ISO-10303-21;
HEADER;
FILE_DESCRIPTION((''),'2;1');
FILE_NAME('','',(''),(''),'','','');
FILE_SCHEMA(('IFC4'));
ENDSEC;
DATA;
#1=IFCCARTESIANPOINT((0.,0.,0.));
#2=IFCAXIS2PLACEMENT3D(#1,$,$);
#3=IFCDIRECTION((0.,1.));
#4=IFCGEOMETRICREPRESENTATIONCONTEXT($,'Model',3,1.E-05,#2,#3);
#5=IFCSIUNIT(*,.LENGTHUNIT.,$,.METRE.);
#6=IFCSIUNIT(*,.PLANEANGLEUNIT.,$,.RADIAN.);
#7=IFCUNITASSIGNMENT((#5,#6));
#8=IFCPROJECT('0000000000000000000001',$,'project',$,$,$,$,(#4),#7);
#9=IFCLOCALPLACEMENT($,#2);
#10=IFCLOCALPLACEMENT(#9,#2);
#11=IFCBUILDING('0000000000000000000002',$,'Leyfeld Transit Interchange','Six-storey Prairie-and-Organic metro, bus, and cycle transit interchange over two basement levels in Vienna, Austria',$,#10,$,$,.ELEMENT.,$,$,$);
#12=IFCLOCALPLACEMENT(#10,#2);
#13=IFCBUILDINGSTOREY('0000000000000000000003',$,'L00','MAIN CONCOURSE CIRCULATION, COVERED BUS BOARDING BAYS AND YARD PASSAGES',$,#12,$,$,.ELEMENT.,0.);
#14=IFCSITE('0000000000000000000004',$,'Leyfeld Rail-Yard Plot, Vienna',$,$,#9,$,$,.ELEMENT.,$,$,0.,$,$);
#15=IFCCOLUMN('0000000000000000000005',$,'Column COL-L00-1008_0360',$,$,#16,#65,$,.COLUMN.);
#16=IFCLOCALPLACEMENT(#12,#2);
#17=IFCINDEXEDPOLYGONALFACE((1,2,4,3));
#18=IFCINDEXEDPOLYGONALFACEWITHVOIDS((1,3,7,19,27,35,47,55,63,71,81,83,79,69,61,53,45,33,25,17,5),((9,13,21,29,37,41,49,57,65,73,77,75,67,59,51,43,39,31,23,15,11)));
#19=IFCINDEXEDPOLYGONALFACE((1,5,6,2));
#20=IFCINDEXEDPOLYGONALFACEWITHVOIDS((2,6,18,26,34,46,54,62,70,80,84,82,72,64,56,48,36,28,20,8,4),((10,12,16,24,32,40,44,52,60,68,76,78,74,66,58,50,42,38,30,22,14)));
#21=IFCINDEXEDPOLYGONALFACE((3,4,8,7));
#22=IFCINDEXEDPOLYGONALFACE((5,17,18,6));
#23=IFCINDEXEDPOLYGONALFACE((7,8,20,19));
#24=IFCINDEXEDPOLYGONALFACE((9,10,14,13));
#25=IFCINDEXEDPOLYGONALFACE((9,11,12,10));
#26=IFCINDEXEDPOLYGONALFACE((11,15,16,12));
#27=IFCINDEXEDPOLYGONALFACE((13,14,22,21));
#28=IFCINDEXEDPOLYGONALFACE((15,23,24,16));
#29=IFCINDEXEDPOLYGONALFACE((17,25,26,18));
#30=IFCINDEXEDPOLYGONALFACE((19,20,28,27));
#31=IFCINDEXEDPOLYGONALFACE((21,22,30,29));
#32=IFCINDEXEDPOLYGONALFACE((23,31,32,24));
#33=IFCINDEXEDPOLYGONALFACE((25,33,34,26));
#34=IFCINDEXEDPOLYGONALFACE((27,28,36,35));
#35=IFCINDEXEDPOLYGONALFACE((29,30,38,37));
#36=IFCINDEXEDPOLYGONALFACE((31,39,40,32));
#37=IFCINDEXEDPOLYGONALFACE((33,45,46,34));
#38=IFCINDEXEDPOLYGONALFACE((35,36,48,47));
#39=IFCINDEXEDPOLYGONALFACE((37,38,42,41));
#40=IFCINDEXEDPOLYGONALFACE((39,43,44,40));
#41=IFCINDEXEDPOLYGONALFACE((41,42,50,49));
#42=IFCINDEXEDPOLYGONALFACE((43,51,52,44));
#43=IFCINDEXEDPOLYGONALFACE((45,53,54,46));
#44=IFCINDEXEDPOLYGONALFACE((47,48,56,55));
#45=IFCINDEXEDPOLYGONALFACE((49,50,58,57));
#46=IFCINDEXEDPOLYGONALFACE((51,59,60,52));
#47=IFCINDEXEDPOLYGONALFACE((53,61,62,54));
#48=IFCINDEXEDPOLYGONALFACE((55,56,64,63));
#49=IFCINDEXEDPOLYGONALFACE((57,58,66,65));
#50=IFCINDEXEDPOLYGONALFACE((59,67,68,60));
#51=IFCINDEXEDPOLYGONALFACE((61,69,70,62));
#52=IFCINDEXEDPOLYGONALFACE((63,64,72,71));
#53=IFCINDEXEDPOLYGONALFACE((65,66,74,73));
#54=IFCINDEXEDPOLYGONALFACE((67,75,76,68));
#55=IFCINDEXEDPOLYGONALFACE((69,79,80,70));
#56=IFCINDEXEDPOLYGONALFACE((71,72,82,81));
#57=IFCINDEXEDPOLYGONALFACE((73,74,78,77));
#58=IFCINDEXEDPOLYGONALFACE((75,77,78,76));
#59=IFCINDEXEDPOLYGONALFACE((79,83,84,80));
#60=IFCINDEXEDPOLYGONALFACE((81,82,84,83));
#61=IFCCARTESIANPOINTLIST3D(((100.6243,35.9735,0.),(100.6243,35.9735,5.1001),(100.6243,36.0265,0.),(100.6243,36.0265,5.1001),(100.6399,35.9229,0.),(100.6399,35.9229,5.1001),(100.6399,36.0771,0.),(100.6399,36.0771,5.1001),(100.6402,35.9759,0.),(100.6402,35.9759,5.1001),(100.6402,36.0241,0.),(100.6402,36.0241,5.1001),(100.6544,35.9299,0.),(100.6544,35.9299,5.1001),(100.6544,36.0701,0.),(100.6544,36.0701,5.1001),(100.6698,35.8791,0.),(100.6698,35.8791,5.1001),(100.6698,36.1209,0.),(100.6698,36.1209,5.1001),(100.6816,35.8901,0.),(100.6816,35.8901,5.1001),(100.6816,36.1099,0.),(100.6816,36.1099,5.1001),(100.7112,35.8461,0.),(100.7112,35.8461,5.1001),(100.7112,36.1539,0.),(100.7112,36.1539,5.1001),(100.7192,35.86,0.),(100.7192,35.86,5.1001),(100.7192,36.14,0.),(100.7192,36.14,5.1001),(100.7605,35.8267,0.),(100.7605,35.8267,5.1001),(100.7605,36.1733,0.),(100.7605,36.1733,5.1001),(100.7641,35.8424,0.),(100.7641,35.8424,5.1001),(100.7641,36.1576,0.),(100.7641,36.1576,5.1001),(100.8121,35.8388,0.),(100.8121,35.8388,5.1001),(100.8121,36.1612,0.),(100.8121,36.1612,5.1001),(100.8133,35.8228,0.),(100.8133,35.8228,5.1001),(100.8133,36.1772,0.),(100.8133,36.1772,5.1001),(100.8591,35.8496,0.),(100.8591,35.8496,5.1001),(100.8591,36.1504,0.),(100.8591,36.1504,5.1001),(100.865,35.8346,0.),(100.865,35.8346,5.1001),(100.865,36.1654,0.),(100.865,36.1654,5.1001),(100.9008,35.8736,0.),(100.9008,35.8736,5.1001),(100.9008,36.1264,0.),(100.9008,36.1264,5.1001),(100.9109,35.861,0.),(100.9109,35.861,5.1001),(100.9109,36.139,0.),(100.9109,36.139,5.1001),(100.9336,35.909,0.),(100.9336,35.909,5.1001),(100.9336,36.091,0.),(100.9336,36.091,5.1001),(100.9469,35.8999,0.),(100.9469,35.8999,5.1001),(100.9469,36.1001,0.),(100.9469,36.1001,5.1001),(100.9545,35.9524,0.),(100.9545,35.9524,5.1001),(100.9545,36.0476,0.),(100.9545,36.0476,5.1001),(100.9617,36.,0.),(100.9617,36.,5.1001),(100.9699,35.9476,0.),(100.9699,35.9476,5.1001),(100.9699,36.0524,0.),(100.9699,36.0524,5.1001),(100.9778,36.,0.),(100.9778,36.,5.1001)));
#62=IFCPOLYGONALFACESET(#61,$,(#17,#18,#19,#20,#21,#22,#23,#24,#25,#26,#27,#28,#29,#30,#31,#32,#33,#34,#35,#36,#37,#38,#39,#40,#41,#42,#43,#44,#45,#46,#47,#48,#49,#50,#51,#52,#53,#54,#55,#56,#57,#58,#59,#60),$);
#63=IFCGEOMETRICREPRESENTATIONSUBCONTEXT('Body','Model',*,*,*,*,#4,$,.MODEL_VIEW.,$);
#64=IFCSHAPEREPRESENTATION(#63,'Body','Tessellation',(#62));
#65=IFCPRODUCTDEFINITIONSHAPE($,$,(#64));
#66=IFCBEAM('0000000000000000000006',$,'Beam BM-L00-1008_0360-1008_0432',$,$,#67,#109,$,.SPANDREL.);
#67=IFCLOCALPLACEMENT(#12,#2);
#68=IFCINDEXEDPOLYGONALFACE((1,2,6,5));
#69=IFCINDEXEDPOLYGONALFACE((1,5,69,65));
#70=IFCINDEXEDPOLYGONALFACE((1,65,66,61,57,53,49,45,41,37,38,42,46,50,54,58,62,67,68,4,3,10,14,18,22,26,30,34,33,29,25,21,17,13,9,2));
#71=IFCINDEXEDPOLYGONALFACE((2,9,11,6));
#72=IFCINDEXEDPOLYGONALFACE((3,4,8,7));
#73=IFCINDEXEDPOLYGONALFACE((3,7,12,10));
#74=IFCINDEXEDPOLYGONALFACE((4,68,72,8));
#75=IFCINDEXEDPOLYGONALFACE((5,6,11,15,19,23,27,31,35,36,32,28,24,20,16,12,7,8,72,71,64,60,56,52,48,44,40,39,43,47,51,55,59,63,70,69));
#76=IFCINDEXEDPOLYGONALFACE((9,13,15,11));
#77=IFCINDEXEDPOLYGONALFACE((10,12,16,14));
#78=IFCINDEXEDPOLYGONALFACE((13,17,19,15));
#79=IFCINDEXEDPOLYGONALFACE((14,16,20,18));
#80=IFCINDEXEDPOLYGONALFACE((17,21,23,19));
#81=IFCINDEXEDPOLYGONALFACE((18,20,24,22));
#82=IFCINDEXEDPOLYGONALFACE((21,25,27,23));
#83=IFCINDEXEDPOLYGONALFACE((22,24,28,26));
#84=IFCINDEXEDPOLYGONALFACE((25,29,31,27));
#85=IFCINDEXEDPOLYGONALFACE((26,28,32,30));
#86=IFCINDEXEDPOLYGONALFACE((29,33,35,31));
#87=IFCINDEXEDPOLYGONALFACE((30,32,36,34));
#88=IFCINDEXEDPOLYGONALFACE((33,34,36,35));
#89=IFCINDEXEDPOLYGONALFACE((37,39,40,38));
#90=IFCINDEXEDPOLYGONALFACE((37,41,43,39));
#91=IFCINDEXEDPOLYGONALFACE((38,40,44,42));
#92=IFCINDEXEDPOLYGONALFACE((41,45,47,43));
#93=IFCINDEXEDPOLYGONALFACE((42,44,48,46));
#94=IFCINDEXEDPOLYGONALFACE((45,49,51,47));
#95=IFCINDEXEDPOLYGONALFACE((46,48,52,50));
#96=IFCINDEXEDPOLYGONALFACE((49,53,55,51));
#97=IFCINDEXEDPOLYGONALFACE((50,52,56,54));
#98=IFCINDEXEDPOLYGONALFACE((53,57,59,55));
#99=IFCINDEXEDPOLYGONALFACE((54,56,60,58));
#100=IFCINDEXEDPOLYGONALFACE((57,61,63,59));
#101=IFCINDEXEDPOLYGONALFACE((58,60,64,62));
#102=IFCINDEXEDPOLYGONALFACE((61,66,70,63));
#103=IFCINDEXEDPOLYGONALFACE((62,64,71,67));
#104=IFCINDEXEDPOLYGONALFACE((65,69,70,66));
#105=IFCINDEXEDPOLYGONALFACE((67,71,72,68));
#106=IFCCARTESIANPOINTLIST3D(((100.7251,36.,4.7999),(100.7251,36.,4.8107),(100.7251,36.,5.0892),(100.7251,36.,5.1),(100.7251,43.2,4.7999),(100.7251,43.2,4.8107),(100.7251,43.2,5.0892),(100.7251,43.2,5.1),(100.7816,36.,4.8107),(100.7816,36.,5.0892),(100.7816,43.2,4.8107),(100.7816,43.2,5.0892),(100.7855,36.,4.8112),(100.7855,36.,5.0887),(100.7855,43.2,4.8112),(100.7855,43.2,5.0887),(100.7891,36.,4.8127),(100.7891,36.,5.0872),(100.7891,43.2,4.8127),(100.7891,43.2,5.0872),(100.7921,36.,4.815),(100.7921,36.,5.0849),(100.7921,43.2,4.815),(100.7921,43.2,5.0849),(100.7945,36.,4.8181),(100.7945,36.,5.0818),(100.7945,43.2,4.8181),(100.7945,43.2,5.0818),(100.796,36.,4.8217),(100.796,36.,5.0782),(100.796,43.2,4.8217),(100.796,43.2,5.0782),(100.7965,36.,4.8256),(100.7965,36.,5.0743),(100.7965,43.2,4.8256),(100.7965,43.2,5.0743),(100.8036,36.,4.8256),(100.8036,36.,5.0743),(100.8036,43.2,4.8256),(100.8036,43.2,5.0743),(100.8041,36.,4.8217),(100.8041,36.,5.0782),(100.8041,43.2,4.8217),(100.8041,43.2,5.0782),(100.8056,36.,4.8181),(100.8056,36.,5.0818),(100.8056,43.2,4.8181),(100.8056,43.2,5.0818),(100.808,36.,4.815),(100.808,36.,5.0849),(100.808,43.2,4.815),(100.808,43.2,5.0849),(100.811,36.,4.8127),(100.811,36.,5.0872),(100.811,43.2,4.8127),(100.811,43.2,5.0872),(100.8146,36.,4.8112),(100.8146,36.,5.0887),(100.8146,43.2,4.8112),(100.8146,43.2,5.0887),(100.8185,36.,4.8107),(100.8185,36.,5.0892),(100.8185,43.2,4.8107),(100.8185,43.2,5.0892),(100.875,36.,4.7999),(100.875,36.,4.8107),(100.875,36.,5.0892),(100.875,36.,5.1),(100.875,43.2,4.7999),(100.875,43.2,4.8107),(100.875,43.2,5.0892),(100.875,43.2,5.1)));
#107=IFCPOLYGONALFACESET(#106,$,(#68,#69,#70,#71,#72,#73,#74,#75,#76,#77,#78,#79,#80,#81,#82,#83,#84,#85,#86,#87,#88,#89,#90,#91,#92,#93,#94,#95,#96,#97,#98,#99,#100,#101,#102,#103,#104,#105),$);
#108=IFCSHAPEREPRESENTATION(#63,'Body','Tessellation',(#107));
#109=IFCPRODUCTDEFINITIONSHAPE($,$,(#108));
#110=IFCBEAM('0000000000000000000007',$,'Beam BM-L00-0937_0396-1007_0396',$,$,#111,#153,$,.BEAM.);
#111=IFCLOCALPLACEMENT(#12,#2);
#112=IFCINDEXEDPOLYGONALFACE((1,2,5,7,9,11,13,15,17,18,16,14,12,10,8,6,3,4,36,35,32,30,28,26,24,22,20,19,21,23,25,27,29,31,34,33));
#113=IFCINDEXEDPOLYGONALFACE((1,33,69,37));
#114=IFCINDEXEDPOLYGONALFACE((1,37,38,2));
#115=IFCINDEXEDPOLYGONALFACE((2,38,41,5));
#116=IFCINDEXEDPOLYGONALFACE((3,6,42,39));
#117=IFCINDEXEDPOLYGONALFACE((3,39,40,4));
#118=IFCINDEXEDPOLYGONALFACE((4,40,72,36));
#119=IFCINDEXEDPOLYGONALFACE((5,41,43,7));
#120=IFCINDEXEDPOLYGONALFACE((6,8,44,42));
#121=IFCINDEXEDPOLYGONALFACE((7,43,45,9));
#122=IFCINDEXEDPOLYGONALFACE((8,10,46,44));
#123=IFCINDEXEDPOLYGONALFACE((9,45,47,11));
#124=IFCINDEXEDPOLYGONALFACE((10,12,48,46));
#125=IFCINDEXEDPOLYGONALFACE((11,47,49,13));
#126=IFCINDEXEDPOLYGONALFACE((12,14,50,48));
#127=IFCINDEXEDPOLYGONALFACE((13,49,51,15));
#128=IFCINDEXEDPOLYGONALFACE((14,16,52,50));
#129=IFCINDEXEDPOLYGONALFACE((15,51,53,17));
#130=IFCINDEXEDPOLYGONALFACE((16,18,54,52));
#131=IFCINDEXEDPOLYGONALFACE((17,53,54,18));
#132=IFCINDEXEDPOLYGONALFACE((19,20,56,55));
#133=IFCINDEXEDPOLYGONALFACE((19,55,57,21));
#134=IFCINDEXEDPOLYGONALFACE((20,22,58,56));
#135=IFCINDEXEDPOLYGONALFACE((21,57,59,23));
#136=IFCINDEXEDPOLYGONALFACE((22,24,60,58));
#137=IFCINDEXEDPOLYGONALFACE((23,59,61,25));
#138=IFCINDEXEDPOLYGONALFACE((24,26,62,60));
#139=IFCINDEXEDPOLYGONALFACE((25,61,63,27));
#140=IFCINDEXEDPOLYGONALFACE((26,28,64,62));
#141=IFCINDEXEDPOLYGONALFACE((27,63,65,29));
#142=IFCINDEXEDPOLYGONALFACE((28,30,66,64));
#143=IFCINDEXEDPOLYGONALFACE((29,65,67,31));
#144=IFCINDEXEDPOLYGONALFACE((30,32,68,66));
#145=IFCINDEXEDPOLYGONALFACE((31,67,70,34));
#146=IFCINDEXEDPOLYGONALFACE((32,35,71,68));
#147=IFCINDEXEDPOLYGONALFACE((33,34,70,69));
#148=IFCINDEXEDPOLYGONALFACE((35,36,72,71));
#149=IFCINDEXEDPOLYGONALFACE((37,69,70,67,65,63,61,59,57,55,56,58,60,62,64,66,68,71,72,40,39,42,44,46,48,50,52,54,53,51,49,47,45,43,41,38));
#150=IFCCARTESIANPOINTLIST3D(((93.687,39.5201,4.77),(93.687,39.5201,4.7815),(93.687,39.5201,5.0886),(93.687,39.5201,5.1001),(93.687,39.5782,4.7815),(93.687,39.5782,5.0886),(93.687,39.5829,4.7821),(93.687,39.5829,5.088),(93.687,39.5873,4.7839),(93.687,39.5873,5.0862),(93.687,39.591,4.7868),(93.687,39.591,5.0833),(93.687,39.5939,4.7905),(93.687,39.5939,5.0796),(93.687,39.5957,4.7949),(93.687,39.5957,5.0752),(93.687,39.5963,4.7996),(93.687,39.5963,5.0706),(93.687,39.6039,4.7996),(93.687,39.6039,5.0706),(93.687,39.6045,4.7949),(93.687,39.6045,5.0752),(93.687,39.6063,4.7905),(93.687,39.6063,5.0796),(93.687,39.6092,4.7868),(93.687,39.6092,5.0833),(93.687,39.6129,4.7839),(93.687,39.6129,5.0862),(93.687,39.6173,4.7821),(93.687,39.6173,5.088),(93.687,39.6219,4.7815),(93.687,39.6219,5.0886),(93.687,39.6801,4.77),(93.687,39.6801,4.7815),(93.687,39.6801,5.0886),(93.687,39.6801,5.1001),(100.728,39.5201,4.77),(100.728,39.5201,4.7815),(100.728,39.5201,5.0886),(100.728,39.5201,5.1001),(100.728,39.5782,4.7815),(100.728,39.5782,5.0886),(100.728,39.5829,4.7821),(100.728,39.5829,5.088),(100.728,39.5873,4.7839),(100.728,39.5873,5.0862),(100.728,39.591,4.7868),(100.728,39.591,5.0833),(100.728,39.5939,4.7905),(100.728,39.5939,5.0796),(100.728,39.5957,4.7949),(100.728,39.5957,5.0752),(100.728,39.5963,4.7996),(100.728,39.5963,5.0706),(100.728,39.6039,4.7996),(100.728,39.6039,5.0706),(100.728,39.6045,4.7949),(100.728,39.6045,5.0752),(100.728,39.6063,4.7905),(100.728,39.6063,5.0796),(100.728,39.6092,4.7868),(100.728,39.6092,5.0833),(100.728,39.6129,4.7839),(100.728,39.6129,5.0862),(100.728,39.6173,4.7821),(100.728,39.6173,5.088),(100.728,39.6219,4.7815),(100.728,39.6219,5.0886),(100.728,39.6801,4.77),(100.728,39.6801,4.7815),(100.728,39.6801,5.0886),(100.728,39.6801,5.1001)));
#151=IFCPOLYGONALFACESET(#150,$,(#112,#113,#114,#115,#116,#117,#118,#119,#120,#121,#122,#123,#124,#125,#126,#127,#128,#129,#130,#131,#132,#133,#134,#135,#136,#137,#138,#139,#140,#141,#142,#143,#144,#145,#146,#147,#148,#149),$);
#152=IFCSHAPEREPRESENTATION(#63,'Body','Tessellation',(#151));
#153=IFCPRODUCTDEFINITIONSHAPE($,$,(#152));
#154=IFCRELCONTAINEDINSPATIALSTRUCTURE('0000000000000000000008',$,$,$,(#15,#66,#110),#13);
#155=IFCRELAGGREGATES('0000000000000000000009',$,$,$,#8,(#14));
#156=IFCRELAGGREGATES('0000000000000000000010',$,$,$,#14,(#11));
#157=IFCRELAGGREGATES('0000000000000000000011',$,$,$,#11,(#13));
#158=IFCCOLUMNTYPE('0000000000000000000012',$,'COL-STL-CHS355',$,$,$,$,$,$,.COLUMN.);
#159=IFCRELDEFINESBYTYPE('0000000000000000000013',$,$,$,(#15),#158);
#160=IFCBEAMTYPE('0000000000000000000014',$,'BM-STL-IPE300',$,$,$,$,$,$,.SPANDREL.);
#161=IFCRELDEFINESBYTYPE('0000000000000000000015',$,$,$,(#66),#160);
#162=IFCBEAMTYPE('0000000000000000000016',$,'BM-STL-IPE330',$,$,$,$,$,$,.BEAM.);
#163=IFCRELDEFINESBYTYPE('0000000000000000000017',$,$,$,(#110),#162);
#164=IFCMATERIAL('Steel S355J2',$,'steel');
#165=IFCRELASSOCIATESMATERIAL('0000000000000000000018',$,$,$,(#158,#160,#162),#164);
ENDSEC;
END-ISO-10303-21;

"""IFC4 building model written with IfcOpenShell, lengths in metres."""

from ifc_helpers import new_model, si_unit, direction, frame, origin, origin_2d, place, context, subcontext, project, spatial, hollow_circle, i_section, extrude, material, material_profile, profile_set, type_object, element, save


model = new_model("IFC4")

# Units and contexts
model_context = context("Model", 3, precision=1e-05, world=origin(), true_north=direction((0.0, 1.0)))
body_context = subcontext(model_context, "Body", "Model", "MODEL_VIEW")
ifc_project = project(units=[si_unit("LENGTHUNIT", "METRE"), si_unit("PLANEANGLEUNIT", "RADIAN")], contexts=[model_context])

# Site, building, storey
site_placement = place(None, origin())
site = spatial("IfcSite", under=ifc_project, at=site_placement, Name="Leyfeld Rail-Yard Plot, Vienna", CompositionType="ELEMENT", RefElevation=0.0)
building_placement = place(site_placement, origin())
building = spatial("IfcBuilding", under=site, at=building_placement, Name="Leyfeld Transit Interchange", Description="Six-storey Prairie-and-Organic metro, bus, and cycle transit interchange over two basement levels in Vienna, Austria", CompositionType="ELEMENT")
storey_placement = place(building_placement, origin())
storey = spatial("IfcBuildingStorey", under=building, at=storey_placement, Name="L00", Description="MAIN CONCOURSE CIRCULATION, COVERED BUS BOARDING BAYS AND YARD PASSAGES", CompositionType="ELEMENT", Elevation=0.0)

# Column
ifc_material_1 = material(Name="Steel S355J2", Category="steel")
ifc_material_profile_1 = material_profile(ifc_material_1, hollow_circle(Radius=0.1777, WallThickness=0.0161, at=origin_2d()), Name="CHS 355.6x16")
ifc_profile_set_1 = profile_set([ifc_material_profile_1], Name="Steel S355J2")
column_type = type_object("IfcColumnType", Name="COL-STL-CHS355", PredefinedType="COLUMN", material=ifc_profile_set_1)
column_placement = place(storey_placement, frame((100.8, 36.0, 0.0), z_axis=(0.0, 0.0, 1.0), x_axis=(1.0, 0.0, 0.0)))
element("IfcColumn", 1, at=column_placement, inside=storey, type_object=column_type, Name="Column COL-L00-1008_0360", PredefinedType="COLUMN", context=body_context, shape_type="SweptSolid", body=[
    extrude(hollow_circle(Radius=0.1777, WallThickness=0.0161, at=origin_2d()), origin(), (0.0, 0.0, 1.0), 5.1001),
])

# Beams
ifc_material_profile_2 = material_profile(ifc_material_1, i_section(OverallWidth=0.1499, OverallDepth=0.3, WebThickness=0.0071, FlangeThickness=0.0107, FilletRadius=0.0149, at=origin_2d()), Name="IPE 300")
ifc_profile_set_2 = profile_set([ifc_material_profile_2], Name="Steel S355J2")
beam_type_1 = type_object("IfcBeamType", Name="BM-STL-IPE300", PredefinedType="SPANDREL", material=ifc_profile_set_2)
beam_1_placement = place(storey_placement, frame((100.8, 36.0, 4.95), z_axis=(0.0, 1.0, 0.0), x_axis=(-1.0, 0.0, 0.0)))
element("IfcBeam", 2, at=beam_1_placement, inside=storey, type_object=beam_type_1, Name="Beam BM-L00-1008_0360-1008_0432", PredefinedType="SPANDREL", context=body_context, shape_type="SweptSolid", body=[
    extrude(i_section(OverallWidth=0.1499, OverallDepth=0.3, WebThickness=0.0071, FlangeThickness=0.0107, FilletRadius=0.0149, at=origin_2d()), origin(), (0.0, 0.0, 1.0), 7.2),
])
ifc_material_profile_3 = material_profile(ifc_material_1, i_section(OverallWidth=0.1599, OverallDepth=0.3301, WebThickness=0.0076, FlangeThickness=0.0115, FilletRadius=0.0181, at=origin_2d()), Name="IPE 330")
ifc_profile_set_3 = profile_set([ifc_material_profile_3], Name="Steel S355J2")
beam_type_2 = type_object("IfcBeamType", Name="BM-STL-IPE330", PredefinedType="BEAM", material=ifc_profile_set_3)
beam_2_placement = place(storey_placement, frame((93.687, 39.6001, 4.9351), z_axis=(1.0, 0.0, 0.0), x_axis=(0.0, 1.0, 0.0)))
element("IfcBeam", 3, at=beam_2_placement, inside=storey, type_object=beam_type_2, Name="Beam BM-L00-0937_0396-1007_0396", PredefinedType="BEAM", context=body_context, shape_type="SweptSolid", body=[
    extrude(i_section(OverallWidth=0.1599, OverallDepth=0.3301, WebThickness=0.0076, FlangeThickness=0.0115, FilletRadius=0.0181, at=origin_2d()), origin(), (0.0, 0.0, 1.0), 7.041),
])

save(model, "model.ifc")
